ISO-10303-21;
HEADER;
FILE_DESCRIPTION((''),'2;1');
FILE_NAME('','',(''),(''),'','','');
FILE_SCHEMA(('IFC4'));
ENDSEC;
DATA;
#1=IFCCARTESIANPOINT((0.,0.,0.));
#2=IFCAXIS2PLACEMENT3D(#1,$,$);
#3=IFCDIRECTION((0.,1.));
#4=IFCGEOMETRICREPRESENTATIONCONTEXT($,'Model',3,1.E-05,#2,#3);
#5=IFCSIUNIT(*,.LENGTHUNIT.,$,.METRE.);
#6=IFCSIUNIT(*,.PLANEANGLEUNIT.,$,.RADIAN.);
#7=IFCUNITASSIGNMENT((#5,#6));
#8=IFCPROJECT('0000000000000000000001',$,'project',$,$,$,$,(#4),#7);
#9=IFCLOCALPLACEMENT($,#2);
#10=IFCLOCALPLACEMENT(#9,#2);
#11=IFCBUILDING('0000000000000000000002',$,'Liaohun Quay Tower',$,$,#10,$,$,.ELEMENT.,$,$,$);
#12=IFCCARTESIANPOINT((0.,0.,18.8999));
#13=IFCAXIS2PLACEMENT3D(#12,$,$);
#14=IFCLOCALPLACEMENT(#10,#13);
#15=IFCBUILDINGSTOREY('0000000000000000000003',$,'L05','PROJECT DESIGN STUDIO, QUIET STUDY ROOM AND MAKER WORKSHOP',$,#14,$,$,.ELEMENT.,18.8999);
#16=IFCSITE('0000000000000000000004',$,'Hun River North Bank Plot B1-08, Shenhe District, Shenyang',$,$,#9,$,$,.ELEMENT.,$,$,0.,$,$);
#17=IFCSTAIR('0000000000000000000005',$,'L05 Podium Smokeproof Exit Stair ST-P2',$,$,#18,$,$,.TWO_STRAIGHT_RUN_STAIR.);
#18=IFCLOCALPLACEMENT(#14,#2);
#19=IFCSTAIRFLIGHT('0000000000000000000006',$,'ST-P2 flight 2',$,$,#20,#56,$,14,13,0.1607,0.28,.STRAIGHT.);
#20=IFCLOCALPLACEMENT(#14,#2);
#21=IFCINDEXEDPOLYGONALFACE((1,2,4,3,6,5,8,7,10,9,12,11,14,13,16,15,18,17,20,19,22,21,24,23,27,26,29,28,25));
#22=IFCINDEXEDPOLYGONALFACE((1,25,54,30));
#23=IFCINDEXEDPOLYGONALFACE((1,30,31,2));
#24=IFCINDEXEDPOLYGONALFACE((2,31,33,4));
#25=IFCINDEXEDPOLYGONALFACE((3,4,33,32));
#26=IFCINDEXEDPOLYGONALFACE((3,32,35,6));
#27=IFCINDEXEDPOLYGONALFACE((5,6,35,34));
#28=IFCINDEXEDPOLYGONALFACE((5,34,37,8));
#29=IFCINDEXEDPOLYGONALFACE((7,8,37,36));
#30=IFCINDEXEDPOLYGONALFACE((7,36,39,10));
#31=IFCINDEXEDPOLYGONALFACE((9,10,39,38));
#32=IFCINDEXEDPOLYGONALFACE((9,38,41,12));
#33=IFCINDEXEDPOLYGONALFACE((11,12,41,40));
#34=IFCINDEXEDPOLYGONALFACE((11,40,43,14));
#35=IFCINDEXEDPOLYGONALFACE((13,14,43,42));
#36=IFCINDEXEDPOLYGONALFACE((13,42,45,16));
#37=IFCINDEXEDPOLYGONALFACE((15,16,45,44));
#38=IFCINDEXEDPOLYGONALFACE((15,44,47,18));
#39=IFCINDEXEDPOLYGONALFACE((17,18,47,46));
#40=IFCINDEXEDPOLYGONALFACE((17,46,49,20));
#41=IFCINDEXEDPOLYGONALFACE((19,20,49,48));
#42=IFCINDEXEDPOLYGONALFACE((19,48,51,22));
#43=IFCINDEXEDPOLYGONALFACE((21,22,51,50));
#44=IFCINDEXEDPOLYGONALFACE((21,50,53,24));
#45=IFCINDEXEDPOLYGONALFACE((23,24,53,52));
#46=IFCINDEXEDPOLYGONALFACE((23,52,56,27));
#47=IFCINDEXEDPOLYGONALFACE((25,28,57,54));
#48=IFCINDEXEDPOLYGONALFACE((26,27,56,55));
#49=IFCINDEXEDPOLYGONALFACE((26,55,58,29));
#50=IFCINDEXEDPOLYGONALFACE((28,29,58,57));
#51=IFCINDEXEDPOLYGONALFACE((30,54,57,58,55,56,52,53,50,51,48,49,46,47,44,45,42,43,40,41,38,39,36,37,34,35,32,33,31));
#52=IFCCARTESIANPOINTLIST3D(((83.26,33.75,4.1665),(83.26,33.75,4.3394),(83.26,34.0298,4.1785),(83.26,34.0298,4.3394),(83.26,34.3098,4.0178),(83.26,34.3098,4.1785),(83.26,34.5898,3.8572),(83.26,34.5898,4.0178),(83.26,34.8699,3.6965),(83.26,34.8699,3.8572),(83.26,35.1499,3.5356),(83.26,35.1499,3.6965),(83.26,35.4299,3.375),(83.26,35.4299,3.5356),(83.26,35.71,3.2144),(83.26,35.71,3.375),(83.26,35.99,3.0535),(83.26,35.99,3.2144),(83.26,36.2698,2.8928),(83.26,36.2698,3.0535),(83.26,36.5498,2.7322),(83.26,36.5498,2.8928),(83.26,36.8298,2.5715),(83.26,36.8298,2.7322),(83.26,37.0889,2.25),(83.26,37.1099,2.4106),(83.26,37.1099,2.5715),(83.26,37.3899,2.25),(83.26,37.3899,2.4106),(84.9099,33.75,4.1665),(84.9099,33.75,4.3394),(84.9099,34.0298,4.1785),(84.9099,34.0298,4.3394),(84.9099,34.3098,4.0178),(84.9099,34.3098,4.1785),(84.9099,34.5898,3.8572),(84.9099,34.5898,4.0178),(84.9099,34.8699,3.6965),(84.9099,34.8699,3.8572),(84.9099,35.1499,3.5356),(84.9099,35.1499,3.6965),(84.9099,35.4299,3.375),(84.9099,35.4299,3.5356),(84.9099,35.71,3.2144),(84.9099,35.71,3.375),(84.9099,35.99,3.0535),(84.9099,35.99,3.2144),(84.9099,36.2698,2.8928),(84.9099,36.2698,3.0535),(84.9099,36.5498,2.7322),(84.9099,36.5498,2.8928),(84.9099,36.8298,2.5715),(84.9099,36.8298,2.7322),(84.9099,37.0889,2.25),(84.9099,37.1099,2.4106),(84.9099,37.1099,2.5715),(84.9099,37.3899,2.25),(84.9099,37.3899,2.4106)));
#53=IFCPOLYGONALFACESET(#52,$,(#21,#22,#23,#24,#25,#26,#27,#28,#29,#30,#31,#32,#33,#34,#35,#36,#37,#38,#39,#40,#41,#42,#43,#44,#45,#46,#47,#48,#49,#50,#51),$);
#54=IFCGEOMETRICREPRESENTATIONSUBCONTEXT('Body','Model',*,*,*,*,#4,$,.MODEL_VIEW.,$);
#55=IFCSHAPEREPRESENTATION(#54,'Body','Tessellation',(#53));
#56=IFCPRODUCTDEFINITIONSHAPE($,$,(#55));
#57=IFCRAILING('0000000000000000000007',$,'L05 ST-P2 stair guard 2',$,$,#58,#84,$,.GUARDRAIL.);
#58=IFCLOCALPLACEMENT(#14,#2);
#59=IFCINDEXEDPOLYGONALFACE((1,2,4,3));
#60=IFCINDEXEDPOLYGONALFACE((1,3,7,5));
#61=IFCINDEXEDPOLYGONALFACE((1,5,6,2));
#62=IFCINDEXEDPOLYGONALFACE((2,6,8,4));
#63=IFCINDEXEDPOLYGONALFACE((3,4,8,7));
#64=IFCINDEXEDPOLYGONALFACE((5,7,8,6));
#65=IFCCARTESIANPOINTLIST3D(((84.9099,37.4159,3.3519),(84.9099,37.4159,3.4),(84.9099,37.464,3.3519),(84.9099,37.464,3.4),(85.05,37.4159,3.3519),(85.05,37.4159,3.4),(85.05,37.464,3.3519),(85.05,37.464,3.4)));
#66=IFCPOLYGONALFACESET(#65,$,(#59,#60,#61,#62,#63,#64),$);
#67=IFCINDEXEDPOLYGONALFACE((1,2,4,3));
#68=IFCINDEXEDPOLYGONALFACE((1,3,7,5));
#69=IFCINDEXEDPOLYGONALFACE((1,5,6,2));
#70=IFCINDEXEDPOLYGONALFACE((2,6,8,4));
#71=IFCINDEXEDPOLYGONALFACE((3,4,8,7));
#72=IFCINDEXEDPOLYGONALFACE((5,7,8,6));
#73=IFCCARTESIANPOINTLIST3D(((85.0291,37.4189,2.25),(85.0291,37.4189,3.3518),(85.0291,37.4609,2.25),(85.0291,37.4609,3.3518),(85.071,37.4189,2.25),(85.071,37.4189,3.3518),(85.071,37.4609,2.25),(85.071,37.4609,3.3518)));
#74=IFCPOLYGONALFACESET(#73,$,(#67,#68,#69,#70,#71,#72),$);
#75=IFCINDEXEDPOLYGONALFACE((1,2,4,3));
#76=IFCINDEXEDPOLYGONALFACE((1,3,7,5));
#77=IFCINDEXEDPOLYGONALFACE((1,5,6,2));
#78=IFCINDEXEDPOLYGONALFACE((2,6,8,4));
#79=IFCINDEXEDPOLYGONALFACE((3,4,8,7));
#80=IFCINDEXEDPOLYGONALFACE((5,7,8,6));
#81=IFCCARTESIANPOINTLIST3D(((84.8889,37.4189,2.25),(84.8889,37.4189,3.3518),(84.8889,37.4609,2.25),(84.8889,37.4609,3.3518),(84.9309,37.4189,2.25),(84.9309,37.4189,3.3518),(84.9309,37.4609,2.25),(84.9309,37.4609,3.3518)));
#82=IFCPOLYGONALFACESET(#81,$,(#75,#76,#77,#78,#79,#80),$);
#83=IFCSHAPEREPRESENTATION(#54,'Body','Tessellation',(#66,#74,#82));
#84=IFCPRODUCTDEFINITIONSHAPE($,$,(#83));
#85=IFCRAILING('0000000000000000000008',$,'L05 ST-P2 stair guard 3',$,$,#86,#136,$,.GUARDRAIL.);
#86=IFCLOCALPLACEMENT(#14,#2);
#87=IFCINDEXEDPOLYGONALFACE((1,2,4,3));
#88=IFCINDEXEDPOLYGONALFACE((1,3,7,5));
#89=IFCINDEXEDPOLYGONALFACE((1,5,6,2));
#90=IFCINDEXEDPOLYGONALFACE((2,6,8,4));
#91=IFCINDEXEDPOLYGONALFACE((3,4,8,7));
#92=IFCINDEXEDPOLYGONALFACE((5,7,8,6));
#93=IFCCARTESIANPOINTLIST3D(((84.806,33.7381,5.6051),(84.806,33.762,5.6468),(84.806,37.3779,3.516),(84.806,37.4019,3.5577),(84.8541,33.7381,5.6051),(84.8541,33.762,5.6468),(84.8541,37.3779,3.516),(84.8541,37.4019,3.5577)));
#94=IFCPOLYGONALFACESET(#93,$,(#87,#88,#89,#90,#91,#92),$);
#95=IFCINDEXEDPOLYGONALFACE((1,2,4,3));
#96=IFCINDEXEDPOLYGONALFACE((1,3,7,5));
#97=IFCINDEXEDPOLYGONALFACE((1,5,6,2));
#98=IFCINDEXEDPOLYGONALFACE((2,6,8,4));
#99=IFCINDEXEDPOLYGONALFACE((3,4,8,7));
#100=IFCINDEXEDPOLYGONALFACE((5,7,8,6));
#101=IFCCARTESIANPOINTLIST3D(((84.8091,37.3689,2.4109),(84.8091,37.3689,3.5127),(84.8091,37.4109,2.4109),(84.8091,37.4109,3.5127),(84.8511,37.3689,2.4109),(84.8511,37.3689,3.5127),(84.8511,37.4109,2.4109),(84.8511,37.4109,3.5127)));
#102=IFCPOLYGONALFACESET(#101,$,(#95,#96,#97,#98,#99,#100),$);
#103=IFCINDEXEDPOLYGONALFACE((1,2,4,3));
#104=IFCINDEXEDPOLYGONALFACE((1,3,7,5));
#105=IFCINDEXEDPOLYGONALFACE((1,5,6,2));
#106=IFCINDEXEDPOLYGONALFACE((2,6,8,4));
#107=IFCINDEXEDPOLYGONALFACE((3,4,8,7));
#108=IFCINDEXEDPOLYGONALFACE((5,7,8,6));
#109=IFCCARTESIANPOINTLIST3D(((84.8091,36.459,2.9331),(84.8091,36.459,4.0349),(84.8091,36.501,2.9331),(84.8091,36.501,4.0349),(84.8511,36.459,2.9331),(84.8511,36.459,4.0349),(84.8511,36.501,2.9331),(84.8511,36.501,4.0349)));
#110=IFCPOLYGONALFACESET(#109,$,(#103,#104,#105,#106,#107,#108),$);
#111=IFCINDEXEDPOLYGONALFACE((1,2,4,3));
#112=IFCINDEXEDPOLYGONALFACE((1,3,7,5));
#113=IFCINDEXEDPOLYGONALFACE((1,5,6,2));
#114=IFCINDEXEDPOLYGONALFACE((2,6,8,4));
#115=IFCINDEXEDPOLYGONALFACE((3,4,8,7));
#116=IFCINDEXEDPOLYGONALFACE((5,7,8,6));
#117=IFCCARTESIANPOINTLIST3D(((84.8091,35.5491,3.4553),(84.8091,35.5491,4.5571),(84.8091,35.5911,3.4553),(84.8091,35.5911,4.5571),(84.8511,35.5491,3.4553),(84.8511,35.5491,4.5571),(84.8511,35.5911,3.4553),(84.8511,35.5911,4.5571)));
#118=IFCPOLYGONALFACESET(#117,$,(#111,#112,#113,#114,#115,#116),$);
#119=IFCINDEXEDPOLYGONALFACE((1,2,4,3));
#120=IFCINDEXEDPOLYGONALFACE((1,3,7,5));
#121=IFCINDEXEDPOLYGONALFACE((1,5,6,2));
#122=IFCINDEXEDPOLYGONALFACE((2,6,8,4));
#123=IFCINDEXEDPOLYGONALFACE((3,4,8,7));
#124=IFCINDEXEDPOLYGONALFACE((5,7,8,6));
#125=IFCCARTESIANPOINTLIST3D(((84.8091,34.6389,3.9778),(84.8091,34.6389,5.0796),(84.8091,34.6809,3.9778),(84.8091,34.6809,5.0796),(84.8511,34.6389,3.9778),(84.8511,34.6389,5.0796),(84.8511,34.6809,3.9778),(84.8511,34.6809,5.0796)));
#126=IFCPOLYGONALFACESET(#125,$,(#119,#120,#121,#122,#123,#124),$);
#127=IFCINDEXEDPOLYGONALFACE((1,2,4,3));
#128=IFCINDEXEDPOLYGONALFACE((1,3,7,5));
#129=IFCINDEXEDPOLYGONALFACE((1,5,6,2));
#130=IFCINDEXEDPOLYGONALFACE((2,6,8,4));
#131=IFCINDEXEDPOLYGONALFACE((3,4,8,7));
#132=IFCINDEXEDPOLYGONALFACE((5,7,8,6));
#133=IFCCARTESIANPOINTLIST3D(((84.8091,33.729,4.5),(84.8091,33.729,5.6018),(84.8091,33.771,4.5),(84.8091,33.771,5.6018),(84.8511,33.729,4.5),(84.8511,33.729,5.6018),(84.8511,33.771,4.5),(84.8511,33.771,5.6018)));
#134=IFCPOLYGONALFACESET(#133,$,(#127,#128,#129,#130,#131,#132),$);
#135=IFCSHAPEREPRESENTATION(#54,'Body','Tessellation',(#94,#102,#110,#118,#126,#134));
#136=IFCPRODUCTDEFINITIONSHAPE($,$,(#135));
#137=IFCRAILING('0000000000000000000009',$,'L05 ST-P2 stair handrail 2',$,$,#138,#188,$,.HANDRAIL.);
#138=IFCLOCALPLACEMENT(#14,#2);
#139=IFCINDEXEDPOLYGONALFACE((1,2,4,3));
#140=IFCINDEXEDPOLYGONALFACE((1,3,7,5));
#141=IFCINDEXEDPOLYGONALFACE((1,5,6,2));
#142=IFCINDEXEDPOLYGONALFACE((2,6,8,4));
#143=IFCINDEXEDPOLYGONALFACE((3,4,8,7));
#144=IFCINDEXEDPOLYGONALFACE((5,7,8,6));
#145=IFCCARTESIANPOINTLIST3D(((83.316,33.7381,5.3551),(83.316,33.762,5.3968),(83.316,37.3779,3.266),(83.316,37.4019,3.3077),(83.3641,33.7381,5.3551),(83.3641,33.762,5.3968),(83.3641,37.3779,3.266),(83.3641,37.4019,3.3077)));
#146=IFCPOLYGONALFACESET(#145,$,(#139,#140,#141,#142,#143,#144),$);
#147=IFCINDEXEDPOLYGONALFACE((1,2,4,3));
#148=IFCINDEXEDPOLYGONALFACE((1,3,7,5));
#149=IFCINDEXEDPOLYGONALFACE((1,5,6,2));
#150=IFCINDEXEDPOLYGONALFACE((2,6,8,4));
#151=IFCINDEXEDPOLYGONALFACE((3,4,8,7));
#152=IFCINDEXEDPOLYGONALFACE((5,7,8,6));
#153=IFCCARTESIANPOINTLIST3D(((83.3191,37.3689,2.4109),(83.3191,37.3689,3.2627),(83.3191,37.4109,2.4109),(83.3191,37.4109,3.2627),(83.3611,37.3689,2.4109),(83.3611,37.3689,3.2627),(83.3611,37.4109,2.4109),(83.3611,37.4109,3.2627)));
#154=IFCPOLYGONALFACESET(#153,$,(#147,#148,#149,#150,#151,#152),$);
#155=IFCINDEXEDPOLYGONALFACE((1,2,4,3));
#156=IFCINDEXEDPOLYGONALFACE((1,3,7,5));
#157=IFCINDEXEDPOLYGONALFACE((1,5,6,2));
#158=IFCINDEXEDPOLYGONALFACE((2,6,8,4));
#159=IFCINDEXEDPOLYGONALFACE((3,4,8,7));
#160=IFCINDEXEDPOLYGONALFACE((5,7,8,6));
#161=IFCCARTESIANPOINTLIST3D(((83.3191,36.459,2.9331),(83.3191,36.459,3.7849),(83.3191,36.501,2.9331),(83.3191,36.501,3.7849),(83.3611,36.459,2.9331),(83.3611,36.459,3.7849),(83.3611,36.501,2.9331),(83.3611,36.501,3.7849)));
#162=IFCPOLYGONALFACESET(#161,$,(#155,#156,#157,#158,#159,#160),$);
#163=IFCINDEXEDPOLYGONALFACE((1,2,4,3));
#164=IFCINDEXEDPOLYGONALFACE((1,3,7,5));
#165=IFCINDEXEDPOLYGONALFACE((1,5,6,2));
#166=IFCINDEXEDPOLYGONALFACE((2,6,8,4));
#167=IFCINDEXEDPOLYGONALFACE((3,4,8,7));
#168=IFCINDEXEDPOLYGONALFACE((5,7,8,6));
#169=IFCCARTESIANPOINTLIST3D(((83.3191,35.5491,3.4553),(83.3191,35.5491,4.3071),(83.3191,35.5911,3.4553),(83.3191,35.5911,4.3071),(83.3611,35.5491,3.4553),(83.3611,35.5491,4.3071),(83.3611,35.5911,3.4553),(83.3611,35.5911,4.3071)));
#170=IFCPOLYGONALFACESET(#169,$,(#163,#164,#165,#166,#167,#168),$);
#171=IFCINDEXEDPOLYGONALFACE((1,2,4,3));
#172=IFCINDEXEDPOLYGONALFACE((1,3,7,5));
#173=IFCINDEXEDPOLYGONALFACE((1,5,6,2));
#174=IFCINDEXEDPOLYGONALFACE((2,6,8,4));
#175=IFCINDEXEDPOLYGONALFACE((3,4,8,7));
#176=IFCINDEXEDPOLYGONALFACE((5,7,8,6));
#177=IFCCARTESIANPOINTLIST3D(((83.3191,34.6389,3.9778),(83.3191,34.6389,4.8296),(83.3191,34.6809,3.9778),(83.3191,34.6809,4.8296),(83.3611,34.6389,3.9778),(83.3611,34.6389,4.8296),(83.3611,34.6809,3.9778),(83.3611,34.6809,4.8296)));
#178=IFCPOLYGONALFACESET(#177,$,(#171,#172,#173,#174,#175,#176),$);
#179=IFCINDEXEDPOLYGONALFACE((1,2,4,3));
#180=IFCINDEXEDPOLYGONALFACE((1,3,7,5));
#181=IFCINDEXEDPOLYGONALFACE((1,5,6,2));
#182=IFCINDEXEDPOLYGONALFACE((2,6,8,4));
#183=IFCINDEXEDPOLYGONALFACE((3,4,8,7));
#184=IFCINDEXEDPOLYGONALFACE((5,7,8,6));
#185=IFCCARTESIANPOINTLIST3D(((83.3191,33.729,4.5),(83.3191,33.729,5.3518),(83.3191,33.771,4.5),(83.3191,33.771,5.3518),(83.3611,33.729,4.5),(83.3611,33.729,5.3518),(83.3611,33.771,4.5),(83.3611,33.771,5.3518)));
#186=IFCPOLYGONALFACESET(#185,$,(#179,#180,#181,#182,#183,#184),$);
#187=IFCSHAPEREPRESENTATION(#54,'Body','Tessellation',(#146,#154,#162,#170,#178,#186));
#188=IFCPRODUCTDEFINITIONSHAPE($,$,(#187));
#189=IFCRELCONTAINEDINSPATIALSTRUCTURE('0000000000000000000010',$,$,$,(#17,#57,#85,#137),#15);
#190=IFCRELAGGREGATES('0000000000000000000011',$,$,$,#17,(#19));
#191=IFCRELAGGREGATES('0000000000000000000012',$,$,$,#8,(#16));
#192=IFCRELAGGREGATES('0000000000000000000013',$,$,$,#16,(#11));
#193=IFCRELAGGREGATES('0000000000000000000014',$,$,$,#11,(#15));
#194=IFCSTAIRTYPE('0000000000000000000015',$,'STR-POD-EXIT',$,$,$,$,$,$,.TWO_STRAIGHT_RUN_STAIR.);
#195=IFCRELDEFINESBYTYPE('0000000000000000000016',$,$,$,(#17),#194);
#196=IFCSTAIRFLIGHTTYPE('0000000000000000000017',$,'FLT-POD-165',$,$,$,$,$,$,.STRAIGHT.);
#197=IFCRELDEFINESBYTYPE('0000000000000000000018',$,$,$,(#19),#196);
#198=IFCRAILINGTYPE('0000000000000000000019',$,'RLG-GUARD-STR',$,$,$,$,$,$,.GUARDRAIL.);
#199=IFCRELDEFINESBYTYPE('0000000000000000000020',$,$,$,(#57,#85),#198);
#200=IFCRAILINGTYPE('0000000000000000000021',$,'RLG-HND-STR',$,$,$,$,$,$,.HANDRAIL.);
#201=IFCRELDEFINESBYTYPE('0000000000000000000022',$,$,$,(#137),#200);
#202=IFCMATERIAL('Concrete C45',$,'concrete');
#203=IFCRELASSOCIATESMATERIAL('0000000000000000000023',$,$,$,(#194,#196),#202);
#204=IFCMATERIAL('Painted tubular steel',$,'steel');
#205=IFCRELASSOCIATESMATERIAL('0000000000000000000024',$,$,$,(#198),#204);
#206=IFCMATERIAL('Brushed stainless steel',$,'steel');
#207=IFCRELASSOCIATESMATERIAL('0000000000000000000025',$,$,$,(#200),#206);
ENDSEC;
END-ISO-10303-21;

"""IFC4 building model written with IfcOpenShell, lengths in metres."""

from ifc_helpers import new_model, si_unit, direction, frame, origin, origin_2d, place, context, subcontext, project, spatial, polyline, rectangle, outline, extrude, material, type_object, element, aggregate, save


model = new_model("IFC4")

# Units and contexts
model_context = context("Model", 3, precision=1e-05, world=origin(), true_north=direction((0.0, 1.0)))
body_context = subcontext(model_context, "Body", "Model", "MODEL_VIEW")
ifc_project = project(units=[si_unit("LENGTHUNIT", "METRE"), si_unit("PLANEANGLEUNIT", "RADIAN")], contexts=[model_context])

# Site, building, storey
site_placement = place(None, origin())
site = spatial("IfcSite", under=ifc_project, at=site_placement, Name="Hun River North Bank Plot B1-08, Shenhe District, Shenyang", CompositionType="ELEMENT", RefElevation=0.0)
building_placement = place(site_placement, origin())
building = spatial("IfcBuilding", under=site, at=building_placement, Name="Liaohun Quay Tower", CompositionType="ELEMENT")
storey_placement = place(building_placement, frame((0.0, 0.0, 18.8999)))
storey = spatial("IfcBuildingStorey", under=building, at=storey_placement, Name="L05", Description="PROJECT DESIGN STUDIO, QUIET STUDY ROOM AND MAKER WORKSHOP", CompositionType="ELEMENT", Elevation=18.8999)

# Stair, stair flight
ifc_material_1 = material(Name="Concrete C45", Category="concrete")
stair_type = type_object("IfcStairType", Name="STR-POD-EXIT", PredefinedType="TWO_STRAIGHT_RUN_STAIR", material=ifc_material_1)
stair_placement = place(storey_placement, origin())
stair = element("IfcStair", 1, at=stair_placement, inside=storey, type_object=stair_type, Name="L05 Podium Smokeproof Exit Stair ST-P2", PredefinedType="TWO_STRAIGHT_RUN_STAIR")
stair_flight_type = type_object("IfcStairFlightType", Name="FLT-POD-165", PredefinedType="STRAIGHT", material=ifc_material_1)
stair_flight_placement = place(storey_placement, frame((84.085, 37.3899, 2.25), z_axis=(0.0, 0.0, 1.0), x_axis=(0.0, -1.0, 0.0)))
stair_flight = element("IfcStairFlight", 2, at=stair_flight_placement, type_object=stair_flight_type, Name="ST-P2 flight 2", NumberOfRisers=14, NumberOfTreads=13, PredefinedType="STRAIGHT", RiserHeight=0.1607, TreadLength=0.28, context=body_context, shape_type="SweptSolid", body=[
    extrude(outline(polyline([(0.0, 0.0), (0.0, 0.1606), (0.28, 0.1606), (0.28, 0.3215), (0.5601, 0.3215), (0.5601, 0.4822), (0.8401, 0.4822), (0.8401, 0.6428), (1.1201, 0.6428), (1.1201, 0.8035), (1.3999, 0.8035), (1.3999, 0.9644), (1.6799, 0.9644), (1.6799, 1.125), (1.96, 1.125), (1.96, 1.2856), (2.24, 1.2856), (2.24, 1.4465), (2.52, 1.4465), (2.52, 1.6072), (2.8, 1.6072), (2.8, 1.7678), (3.0801, 1.7678), (3.0801, 1.9285), (3.3601, 1.9285), (3.3601, 2.0894), (3.6399, 2.0894), (3.6399, 2.25), (3.6399, 1.9165), (0.301, 0.0), (0.0, 0.0)])), frame((0.0, 0.825, 0.0), z_axis=(0.0, -1.0, 0.0), x_axis=(1.0, 0.0, 0.0)), (0.0, 0.0, 1.0), 1.6499),
])
aggregate(stair, [stair_flight])

# Railings
ifc_material_2 = material(Name="Painted tubular steel", Category="steel")
railing_type_1 = type_object("IfcRailingType", Name="RLG-GUARD-STR", PredefinedType="GUARDRAIL", material=ifc_material_2)
railing_1_placement = place(storey_placement, frame((85.05, 37.4399, 2.25)))
element("IfcRailing", 3, at=railing_1_placement, inside=storey, type_object=railing_type_1, Name="L05 ST-P2 stair guard 2", PredefinedType="GUARDRAIL", context=body_context, shape_type="SweptSolid", body=[
    extrude(rectangle(XDim=0.0481, YDim=0.0481, at=origin_2d()), frame((0.0, 0.0, 1.126), z_axis=(-1.0, 0.0, 0.0), x_axis=(0.0, -1.0, 0.0)), (0.0, 0.0, 1.0), 0.1401),
    extrude(rectangle(XDim=0.042, YDim=0.042, at=origin_2d()), origin(), (0.0, 0.0, 1.0), 1.1018),
    extrude(rectangle(XDim=0.042, YDim=0.042, at=origin_2d()), frame((-0.1401, 0.0, 0.0)), (0.0, 0.0, 1.0), 1.1018),
])
railing_2_placement = place(storey_placement, frame((84.8301, 37.3899, 2.4109)))
element("IfcRailing", 4, at=railing_2_placement, inside=storey, type_object=railing_type_1, Name="L05 ST-P2 stair guard 3", PredefinedType="GUARDRAIL", context=body_context, shape_type="SweptSolid", body=[
    extrude(rectangle(XDim=0.0481, YDim=0.0481, at=origin_2d()), frame((0.0, 0.0, 1.126), z_axis=(0.0, -0.8673, 0.497786), x_axis=(1.0, 0.0, 0.0)), (0.0, 0.0, 1.0), 4.1968),
    extrude(rectangle(XDim=0.042, YDim=0.042, at=origin_2d()), origin(), (0.0, 0.0, 1.0), 1.1018),
    extrude(rectangle(XDim=0.042, YDim=0.042, at=origin_2d()), frame((0.0, -0.9099, 0.5222)), (0.0, 0.0, 1.0), 1.1018),
    extrude(rectangle(XDim=0.042, YDim=0.042, at=origin_2d()), frame((0.0, -1.8198, 1.0444)), (0.0, 0.0, 1.0), 1.1018),
    extrude(rectangle(XDim=0.042, YDim=0.042, at=origin_2d()), frame((0.0, -2.73, 1.5669)), (0.0, 0.0, 1.0), 1.1018),
    extrude(rectangle(XDim=0.042, YDim=0.042, at=origin_2d()), frame((0.0, -3.6399, 2.0891)), (0.0, 0.0, 1.0), 1.1018),
])
ifc_material_3 = material(Name="Brushed stainless steel", Category="steel")
railing_type_2 = type_object("IfcRailingType", Name="RLG-HND-STR", PredefinedType="HANDRAIL", material=ifc_material_3)
railing_3_placement = place(storey_placement, frame((83.3401, 37.3899, 2.4109)))
element("IfcRailing", 5, at=railing_3_placement, inside=storey, type_object=railing_type_2, Name="L05 ST-P2 stair handrail 2", PredefinedType="HANDRAIL", context=body_context, shape_type="SweptSolid", body=[
    extrude(rectangle(XDim=0.0481, YDim=0.0481, at=origin_2d()), frame((0.0, 0.0, 0.876), z_axis=(0.0, -0.8673, 0.497786), x_axis=(1.0, 0.0, 0.0)), (0.0, 0.0, 1.0), 4.1968),
    extrude(rectangle(XDim=0.042, YDim=0.042, at=origin_2d()), origin(), (0.0, 0.0, 1.0), 0.8518),
    extrude(rectangle(XDim=0.042, YDim=0.042, at=origin_2d()), frame((0.0, -0.9099, 0.5222)), (0.0, 0.0, 1.0), 0.8518),
    extrude(rectangle(XDim=0.042, YDim=0.042, at=origin_2d()), frame((0.0, -1.8198, 1.0444)), (0.0, 0.0, 1.0), 0.8518),
    extrude(rectangle(XDim=0.042, YDim=0.042, at=origin_2d()), frame((0.0, -2.73, 1.5669)), (0.0, 0.0, 1.0), 0.8518),
    extrude(rectangle(XDim=0.042, YDim=0.042, at=origin_2d()), frame((0.0, -3.6399, 2.0891)), (0.0, 0.0, 1.0), 0.8518),
])

save(model, "model.ifc")
